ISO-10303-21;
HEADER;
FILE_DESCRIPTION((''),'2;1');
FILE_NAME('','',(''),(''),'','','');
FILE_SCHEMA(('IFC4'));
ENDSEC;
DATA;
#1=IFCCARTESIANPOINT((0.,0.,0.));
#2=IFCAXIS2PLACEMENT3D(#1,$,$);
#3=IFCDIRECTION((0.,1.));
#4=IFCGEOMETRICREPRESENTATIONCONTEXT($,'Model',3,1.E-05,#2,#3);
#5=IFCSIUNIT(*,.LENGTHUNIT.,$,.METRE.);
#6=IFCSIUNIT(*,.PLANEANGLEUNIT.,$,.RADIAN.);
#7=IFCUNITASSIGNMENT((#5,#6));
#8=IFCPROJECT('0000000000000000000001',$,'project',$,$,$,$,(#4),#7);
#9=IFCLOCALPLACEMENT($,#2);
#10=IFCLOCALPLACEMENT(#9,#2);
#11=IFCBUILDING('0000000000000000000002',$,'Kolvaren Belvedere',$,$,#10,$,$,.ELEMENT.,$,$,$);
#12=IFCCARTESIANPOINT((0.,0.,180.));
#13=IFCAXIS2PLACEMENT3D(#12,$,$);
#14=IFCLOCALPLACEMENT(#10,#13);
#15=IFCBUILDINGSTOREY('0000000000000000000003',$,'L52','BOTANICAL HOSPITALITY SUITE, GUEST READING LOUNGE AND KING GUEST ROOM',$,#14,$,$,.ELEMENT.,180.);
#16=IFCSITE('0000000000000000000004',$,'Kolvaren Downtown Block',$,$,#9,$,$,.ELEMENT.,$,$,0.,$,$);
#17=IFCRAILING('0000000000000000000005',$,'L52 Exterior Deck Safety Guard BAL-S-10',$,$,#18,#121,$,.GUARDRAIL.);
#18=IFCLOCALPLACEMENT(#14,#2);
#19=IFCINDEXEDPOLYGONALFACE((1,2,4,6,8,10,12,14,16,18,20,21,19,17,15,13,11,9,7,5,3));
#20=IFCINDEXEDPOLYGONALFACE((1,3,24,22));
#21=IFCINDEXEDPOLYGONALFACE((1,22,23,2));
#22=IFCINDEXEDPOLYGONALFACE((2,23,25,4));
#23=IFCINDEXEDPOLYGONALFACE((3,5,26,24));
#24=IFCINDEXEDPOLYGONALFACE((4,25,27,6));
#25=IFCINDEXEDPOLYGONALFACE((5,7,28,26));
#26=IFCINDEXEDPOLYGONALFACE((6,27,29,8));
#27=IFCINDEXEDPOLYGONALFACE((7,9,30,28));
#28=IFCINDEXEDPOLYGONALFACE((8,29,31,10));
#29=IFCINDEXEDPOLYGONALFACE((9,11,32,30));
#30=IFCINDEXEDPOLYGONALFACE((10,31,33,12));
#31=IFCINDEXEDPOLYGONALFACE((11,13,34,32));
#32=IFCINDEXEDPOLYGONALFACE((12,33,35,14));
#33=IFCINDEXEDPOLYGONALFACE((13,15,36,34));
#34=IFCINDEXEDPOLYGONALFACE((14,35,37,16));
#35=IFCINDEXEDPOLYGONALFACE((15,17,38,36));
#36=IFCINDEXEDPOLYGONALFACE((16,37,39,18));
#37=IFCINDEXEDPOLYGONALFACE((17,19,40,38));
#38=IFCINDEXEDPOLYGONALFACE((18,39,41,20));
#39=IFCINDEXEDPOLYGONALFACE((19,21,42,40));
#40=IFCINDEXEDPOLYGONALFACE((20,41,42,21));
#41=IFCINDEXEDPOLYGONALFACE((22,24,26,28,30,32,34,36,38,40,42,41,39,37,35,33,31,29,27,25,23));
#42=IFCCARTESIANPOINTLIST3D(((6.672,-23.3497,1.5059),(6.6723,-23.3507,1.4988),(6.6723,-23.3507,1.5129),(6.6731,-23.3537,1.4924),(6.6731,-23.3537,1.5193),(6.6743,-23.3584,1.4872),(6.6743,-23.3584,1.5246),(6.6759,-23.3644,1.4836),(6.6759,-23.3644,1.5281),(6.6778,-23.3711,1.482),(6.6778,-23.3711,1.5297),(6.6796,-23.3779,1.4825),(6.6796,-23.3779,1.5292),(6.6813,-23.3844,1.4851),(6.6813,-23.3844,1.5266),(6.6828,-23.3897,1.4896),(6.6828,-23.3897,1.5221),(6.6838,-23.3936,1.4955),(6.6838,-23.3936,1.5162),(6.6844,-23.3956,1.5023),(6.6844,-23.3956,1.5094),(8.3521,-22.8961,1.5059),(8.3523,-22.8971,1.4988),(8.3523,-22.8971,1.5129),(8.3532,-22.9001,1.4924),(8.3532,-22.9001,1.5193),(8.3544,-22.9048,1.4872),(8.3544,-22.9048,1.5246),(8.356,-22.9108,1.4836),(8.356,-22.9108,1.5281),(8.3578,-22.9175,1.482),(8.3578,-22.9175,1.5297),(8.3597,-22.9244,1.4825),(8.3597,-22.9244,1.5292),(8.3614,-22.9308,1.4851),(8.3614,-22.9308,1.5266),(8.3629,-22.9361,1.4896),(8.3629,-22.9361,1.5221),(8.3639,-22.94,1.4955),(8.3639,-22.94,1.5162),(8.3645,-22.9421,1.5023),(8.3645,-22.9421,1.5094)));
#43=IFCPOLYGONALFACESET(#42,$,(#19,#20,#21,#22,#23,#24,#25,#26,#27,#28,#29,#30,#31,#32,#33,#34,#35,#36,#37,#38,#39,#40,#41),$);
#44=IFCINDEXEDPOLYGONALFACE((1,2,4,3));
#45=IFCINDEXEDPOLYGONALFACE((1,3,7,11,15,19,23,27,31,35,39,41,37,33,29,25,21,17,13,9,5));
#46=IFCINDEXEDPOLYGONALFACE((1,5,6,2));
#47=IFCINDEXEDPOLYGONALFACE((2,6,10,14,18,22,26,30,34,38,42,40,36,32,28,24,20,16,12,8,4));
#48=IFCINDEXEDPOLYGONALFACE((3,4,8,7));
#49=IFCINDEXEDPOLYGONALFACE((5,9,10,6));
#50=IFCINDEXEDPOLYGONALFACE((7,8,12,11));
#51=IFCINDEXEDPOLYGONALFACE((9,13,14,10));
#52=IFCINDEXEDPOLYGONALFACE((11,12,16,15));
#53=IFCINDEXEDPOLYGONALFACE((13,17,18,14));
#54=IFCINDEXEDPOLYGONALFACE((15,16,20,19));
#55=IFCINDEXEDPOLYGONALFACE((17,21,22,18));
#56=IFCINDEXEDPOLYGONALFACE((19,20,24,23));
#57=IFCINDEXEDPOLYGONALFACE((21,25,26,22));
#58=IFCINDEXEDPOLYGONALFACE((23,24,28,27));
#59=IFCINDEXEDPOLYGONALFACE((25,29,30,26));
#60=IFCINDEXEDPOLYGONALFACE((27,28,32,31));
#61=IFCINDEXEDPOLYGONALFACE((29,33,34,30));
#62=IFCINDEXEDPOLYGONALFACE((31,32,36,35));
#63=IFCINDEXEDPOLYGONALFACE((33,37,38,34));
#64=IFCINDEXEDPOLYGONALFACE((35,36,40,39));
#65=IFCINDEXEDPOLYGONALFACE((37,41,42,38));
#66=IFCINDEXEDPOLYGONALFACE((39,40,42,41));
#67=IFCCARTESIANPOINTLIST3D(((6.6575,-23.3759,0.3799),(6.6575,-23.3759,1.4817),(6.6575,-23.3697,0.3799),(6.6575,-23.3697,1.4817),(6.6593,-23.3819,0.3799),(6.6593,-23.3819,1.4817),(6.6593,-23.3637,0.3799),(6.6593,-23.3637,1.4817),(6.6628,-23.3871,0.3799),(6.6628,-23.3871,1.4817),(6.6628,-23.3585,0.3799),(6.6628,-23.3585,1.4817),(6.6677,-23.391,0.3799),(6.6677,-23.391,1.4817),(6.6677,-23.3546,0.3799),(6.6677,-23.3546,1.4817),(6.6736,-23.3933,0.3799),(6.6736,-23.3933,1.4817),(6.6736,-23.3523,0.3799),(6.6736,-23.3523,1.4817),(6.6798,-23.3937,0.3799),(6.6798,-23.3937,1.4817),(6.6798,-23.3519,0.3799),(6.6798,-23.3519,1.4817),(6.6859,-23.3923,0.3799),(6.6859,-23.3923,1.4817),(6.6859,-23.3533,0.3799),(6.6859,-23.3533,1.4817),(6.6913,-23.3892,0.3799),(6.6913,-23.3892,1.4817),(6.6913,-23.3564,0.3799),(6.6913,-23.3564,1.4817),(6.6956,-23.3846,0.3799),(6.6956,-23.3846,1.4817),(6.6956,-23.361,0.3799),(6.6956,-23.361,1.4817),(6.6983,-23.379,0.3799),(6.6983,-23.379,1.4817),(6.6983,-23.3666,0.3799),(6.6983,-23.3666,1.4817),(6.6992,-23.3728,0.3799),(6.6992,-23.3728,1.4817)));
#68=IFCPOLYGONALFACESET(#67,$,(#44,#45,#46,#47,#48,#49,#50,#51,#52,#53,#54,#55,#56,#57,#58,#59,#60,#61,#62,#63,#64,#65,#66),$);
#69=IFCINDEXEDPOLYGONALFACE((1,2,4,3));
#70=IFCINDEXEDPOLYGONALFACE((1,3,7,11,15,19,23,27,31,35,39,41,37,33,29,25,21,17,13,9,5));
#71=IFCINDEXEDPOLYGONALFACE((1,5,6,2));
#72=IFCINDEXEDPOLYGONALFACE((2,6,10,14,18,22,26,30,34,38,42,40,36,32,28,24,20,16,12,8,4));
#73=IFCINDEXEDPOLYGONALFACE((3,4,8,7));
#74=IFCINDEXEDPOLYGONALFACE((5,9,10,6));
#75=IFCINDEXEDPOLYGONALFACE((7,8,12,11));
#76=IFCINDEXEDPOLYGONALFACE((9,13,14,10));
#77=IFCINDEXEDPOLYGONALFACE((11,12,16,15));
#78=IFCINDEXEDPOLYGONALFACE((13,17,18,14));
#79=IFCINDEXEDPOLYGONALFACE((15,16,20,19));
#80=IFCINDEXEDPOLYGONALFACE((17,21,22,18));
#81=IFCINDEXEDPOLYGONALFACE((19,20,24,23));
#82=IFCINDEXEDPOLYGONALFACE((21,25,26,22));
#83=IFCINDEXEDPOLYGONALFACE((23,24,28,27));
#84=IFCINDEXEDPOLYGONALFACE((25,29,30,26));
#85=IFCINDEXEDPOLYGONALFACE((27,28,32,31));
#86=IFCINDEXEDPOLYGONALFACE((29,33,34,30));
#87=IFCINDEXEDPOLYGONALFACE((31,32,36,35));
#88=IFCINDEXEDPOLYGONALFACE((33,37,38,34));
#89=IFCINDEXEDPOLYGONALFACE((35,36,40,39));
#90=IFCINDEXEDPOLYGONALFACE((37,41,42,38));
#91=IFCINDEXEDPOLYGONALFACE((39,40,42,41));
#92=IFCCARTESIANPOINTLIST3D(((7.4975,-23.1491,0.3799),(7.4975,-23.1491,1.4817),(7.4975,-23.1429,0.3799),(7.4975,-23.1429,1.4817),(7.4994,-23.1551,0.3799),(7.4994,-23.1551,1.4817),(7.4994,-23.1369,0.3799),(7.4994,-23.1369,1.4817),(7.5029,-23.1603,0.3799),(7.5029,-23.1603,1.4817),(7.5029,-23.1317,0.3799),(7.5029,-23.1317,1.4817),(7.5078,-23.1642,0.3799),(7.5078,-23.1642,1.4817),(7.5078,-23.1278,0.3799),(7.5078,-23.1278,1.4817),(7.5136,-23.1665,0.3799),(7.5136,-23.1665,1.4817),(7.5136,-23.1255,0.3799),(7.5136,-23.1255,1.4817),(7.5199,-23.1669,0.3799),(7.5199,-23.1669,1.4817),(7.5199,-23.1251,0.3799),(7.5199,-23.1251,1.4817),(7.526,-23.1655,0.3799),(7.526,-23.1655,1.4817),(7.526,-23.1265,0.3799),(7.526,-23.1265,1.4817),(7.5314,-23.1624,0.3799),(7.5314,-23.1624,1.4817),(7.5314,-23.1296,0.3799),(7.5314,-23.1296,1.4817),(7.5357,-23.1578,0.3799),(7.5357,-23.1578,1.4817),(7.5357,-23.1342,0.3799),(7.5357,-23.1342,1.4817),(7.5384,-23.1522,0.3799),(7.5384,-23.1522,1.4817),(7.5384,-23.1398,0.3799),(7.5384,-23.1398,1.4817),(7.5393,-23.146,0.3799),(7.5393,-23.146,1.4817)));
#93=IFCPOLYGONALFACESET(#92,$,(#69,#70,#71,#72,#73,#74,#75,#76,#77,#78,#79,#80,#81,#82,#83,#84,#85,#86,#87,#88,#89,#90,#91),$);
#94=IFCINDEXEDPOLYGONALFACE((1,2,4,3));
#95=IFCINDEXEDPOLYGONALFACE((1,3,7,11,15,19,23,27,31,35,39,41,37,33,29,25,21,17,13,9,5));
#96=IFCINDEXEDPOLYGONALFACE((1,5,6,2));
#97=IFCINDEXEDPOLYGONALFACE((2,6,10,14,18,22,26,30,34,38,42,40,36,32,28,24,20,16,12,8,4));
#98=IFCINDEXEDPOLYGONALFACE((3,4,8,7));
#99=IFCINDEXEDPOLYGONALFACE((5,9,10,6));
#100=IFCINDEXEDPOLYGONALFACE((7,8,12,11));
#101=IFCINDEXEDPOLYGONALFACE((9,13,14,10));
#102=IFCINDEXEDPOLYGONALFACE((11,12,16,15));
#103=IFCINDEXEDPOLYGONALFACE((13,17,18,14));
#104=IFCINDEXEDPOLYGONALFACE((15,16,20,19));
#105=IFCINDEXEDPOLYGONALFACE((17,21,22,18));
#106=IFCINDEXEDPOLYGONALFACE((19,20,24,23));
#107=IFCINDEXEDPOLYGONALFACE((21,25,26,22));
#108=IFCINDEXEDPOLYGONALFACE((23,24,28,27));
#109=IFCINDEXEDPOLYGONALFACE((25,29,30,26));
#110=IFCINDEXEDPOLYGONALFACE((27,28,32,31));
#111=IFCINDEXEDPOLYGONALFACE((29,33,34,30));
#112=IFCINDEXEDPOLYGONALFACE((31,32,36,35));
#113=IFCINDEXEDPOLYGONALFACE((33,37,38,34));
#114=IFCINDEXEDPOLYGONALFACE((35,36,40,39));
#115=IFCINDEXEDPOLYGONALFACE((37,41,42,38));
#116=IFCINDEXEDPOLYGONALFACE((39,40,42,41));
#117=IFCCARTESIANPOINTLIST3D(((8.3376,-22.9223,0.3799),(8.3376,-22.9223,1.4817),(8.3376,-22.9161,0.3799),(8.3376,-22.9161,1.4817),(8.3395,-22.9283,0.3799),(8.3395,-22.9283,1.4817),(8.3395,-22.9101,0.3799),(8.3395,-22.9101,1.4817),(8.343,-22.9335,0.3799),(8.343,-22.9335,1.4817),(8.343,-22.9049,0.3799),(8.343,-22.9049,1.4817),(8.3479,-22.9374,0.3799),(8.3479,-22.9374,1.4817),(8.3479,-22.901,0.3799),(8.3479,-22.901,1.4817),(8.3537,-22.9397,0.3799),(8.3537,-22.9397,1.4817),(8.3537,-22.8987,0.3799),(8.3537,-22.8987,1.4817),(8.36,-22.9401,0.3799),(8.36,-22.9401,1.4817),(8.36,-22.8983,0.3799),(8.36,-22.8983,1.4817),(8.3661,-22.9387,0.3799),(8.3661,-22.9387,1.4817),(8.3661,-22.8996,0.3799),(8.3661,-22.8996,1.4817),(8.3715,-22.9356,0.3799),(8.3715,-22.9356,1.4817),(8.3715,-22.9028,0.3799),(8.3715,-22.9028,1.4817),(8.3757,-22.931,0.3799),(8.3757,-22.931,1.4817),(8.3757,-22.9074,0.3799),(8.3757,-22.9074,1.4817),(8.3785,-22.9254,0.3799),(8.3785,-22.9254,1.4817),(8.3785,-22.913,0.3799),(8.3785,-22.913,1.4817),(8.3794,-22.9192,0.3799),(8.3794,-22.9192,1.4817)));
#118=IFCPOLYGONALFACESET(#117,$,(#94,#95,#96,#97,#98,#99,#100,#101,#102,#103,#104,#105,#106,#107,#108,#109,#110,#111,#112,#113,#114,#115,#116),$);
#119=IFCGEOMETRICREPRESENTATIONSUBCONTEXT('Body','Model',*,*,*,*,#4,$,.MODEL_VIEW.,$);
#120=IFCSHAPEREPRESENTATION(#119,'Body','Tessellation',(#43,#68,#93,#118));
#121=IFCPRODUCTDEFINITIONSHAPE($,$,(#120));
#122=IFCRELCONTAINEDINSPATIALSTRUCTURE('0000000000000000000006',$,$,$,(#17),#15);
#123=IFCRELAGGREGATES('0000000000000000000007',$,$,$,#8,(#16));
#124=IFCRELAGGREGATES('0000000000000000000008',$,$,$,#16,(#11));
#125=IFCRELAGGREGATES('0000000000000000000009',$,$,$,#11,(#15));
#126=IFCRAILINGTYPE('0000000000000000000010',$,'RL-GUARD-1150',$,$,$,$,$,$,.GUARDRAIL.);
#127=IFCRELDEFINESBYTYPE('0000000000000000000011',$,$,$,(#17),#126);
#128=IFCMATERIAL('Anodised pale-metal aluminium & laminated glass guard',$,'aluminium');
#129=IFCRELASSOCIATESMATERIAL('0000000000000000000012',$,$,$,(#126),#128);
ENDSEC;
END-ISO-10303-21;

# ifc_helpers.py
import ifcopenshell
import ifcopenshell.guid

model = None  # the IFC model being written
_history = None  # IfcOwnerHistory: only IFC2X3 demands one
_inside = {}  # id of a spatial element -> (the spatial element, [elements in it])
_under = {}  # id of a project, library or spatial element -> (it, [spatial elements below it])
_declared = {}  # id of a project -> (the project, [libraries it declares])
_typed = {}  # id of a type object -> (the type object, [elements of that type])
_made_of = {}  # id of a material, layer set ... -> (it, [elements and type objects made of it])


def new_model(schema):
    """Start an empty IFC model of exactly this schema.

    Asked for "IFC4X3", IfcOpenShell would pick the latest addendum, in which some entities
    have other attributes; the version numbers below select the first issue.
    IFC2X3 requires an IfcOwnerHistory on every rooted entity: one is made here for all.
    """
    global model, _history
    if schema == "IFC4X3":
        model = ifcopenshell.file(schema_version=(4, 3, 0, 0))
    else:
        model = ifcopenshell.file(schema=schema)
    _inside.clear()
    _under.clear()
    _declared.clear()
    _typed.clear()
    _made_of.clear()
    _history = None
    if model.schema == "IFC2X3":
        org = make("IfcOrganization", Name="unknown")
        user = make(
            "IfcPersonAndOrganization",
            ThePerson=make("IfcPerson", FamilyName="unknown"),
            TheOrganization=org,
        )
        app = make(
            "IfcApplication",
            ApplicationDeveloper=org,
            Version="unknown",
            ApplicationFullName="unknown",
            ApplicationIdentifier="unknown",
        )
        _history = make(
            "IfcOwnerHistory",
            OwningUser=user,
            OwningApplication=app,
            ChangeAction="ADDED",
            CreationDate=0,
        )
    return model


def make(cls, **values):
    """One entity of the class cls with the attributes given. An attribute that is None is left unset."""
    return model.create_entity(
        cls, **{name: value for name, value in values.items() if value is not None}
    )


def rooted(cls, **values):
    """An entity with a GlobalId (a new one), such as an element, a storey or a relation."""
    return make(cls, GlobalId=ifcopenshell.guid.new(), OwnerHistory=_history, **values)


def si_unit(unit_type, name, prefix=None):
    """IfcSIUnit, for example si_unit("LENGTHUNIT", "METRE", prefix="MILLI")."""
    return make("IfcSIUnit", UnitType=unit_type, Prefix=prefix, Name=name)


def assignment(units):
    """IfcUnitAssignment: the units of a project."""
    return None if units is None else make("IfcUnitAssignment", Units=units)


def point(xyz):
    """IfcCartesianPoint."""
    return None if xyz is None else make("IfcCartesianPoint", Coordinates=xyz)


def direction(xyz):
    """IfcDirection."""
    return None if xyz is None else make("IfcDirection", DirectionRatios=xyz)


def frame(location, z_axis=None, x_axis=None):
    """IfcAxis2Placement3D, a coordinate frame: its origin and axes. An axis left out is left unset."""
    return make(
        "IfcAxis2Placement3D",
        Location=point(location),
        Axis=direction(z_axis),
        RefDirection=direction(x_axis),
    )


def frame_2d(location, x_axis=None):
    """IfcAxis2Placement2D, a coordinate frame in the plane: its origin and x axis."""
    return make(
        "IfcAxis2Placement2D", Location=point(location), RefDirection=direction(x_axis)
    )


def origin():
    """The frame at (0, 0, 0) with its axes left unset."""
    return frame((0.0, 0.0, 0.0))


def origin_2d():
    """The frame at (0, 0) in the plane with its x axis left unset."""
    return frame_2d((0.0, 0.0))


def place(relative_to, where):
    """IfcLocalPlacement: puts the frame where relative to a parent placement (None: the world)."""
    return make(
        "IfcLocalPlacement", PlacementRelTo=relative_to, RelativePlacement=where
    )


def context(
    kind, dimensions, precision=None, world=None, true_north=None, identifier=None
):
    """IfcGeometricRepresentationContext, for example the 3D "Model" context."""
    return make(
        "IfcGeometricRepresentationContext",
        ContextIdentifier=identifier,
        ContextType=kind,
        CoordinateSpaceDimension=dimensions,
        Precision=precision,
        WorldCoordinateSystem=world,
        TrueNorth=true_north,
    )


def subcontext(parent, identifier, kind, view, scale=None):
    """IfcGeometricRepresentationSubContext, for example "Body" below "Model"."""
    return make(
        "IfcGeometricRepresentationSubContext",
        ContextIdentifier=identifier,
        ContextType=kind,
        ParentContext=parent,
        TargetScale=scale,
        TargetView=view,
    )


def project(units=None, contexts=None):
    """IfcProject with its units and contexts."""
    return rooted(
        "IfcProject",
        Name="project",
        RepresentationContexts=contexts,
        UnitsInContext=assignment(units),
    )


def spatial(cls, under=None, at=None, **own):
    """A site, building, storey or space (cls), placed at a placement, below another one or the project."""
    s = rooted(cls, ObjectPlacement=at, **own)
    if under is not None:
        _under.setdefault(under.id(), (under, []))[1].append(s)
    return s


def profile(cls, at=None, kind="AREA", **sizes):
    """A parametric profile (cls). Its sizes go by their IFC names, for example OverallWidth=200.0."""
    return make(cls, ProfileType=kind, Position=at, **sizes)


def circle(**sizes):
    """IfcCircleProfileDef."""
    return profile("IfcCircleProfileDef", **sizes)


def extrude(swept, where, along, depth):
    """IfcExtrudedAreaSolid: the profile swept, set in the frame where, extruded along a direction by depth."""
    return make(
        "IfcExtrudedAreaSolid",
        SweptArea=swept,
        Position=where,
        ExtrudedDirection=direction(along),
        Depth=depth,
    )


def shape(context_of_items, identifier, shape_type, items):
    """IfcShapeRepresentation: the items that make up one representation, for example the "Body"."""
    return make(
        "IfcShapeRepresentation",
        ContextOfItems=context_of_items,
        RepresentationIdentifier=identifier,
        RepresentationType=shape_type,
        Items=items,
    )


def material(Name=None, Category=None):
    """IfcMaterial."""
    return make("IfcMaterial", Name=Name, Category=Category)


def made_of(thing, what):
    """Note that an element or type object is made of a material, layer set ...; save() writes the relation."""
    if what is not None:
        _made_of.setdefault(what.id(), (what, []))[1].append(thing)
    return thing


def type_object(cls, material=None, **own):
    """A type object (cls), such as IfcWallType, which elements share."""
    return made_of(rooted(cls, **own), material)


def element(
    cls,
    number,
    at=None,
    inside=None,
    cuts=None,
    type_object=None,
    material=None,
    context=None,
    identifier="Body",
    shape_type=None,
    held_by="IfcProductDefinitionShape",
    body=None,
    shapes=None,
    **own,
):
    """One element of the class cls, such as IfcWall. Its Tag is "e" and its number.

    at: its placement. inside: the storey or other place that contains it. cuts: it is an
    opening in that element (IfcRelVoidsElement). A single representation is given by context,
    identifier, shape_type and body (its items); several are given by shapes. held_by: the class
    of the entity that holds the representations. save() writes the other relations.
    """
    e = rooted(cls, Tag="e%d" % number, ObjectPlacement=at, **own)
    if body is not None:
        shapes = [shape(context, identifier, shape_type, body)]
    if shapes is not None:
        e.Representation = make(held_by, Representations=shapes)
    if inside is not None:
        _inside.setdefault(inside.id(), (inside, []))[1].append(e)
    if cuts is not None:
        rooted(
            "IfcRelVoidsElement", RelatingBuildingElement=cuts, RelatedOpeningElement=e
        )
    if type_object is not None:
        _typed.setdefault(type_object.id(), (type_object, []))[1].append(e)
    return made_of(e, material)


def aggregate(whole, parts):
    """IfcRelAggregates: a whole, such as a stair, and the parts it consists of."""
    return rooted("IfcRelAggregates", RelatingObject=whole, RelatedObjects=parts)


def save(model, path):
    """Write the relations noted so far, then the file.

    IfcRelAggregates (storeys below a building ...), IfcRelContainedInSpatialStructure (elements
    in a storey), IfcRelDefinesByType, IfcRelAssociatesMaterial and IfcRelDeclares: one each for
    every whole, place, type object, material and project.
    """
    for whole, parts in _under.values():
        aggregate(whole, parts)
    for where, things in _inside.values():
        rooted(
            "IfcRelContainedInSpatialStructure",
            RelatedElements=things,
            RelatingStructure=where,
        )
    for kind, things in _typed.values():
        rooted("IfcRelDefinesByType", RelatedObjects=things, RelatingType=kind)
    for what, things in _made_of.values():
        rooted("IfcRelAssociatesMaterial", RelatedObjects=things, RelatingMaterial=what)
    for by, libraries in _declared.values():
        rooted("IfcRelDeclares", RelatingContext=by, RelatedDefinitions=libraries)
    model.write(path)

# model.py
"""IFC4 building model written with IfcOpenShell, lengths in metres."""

from ifc_helpers import new_model, si_unit, direction, frame, origin, origin_2d, place, context, subcontext, project, spatial, circle, extrude, material, type_object, element, save


model = new_model("IFC4")

# Units and contexts
model_context = context("Model", 3, precision=1e-05, world=origin(), true_north=direction((0.0, 1.0)))
body_context = subcontext(model_context, "Body", "Model", "MODEL_VIEW")
ifc_project = project(units=[si_unit("LENGTHUNIT", "METRE"), si_unit("PLANEANGLEUNIT", "RADIAN")], contexts=[model_context])

# Site, building, storey
site_placement = place(None, origin())
site = spatial("IfcSite", under=ifc_project, at=site_placement, Name="Kolvaren Downtown Block", CompositionType="ELEMENT", RefElevation=0.0)
building_placement = place(site_placement, origin())
building = spatial("IfcBuilding", under=site, at=building_placement, Name="Kolvaren Belvedere", CompositionType="ELEMENT")
storey_placement = place(building_placement, frame((0.0, 0.0, 180.0)))
storey = spatial("IfcBuildingStorey", under=building, at=storey_placement, Name="L52", Description="BOTANICAL HOSPITALITY SUITE, GUEST READING LOUNGE AND KING GUEST ROOM", CompositionType="ELEMENT", Elevation=180.0)

# Railing
ifc_material_1 = material(Name="Anodised pale-metal aluminium & laminated glass guard", Category="aluminium")
railing_type = type_object("IfcRailingType", Name="RL-GUARD-1150", PredefinedType="GUARDRAIL", material=ifc_material_1)
railing_1_placement = place(storey_placement, frame((6.6782, -23.3728, 0.3799)))
element("IfcRailing", 1, at=railing_1_placement, inside=storey, type_object=railing_type, Name="L52 Exterior Deck Safety Guard BAL-S-10", PredefinedType="GUARDRAIL", context=body_context, shape_type="SweptSolid", body=[
    extrude(circle(Radius=0.0239, at=origin_2d()), frame((0.0, 0.0, 1.126), z_axis=(0.965434, 0.260648, 0.0), x_axis=(-0.260648, 0.965434, 0.0)), (0.0, 0.0, 1.0), 1.7402),
    extrude(circle(Radius=0.021, at=origin_2d()), origin(), (0.0, 0.0, 1.0), 1.1018),
    extrude(circle(Radius=0.021, at=origin_2d()), frame((0.8401, 0.2268, 0.0)), (0.0, 0.0, 1.0), 1.1018),
    extrude(circle(Radius=0.021, at=origin_2d()), frame((1.6802, 0.4536, 0.0)), (0.0, 0.0, 1.0), 1.1018),
])

save(model, "model.ifc")
